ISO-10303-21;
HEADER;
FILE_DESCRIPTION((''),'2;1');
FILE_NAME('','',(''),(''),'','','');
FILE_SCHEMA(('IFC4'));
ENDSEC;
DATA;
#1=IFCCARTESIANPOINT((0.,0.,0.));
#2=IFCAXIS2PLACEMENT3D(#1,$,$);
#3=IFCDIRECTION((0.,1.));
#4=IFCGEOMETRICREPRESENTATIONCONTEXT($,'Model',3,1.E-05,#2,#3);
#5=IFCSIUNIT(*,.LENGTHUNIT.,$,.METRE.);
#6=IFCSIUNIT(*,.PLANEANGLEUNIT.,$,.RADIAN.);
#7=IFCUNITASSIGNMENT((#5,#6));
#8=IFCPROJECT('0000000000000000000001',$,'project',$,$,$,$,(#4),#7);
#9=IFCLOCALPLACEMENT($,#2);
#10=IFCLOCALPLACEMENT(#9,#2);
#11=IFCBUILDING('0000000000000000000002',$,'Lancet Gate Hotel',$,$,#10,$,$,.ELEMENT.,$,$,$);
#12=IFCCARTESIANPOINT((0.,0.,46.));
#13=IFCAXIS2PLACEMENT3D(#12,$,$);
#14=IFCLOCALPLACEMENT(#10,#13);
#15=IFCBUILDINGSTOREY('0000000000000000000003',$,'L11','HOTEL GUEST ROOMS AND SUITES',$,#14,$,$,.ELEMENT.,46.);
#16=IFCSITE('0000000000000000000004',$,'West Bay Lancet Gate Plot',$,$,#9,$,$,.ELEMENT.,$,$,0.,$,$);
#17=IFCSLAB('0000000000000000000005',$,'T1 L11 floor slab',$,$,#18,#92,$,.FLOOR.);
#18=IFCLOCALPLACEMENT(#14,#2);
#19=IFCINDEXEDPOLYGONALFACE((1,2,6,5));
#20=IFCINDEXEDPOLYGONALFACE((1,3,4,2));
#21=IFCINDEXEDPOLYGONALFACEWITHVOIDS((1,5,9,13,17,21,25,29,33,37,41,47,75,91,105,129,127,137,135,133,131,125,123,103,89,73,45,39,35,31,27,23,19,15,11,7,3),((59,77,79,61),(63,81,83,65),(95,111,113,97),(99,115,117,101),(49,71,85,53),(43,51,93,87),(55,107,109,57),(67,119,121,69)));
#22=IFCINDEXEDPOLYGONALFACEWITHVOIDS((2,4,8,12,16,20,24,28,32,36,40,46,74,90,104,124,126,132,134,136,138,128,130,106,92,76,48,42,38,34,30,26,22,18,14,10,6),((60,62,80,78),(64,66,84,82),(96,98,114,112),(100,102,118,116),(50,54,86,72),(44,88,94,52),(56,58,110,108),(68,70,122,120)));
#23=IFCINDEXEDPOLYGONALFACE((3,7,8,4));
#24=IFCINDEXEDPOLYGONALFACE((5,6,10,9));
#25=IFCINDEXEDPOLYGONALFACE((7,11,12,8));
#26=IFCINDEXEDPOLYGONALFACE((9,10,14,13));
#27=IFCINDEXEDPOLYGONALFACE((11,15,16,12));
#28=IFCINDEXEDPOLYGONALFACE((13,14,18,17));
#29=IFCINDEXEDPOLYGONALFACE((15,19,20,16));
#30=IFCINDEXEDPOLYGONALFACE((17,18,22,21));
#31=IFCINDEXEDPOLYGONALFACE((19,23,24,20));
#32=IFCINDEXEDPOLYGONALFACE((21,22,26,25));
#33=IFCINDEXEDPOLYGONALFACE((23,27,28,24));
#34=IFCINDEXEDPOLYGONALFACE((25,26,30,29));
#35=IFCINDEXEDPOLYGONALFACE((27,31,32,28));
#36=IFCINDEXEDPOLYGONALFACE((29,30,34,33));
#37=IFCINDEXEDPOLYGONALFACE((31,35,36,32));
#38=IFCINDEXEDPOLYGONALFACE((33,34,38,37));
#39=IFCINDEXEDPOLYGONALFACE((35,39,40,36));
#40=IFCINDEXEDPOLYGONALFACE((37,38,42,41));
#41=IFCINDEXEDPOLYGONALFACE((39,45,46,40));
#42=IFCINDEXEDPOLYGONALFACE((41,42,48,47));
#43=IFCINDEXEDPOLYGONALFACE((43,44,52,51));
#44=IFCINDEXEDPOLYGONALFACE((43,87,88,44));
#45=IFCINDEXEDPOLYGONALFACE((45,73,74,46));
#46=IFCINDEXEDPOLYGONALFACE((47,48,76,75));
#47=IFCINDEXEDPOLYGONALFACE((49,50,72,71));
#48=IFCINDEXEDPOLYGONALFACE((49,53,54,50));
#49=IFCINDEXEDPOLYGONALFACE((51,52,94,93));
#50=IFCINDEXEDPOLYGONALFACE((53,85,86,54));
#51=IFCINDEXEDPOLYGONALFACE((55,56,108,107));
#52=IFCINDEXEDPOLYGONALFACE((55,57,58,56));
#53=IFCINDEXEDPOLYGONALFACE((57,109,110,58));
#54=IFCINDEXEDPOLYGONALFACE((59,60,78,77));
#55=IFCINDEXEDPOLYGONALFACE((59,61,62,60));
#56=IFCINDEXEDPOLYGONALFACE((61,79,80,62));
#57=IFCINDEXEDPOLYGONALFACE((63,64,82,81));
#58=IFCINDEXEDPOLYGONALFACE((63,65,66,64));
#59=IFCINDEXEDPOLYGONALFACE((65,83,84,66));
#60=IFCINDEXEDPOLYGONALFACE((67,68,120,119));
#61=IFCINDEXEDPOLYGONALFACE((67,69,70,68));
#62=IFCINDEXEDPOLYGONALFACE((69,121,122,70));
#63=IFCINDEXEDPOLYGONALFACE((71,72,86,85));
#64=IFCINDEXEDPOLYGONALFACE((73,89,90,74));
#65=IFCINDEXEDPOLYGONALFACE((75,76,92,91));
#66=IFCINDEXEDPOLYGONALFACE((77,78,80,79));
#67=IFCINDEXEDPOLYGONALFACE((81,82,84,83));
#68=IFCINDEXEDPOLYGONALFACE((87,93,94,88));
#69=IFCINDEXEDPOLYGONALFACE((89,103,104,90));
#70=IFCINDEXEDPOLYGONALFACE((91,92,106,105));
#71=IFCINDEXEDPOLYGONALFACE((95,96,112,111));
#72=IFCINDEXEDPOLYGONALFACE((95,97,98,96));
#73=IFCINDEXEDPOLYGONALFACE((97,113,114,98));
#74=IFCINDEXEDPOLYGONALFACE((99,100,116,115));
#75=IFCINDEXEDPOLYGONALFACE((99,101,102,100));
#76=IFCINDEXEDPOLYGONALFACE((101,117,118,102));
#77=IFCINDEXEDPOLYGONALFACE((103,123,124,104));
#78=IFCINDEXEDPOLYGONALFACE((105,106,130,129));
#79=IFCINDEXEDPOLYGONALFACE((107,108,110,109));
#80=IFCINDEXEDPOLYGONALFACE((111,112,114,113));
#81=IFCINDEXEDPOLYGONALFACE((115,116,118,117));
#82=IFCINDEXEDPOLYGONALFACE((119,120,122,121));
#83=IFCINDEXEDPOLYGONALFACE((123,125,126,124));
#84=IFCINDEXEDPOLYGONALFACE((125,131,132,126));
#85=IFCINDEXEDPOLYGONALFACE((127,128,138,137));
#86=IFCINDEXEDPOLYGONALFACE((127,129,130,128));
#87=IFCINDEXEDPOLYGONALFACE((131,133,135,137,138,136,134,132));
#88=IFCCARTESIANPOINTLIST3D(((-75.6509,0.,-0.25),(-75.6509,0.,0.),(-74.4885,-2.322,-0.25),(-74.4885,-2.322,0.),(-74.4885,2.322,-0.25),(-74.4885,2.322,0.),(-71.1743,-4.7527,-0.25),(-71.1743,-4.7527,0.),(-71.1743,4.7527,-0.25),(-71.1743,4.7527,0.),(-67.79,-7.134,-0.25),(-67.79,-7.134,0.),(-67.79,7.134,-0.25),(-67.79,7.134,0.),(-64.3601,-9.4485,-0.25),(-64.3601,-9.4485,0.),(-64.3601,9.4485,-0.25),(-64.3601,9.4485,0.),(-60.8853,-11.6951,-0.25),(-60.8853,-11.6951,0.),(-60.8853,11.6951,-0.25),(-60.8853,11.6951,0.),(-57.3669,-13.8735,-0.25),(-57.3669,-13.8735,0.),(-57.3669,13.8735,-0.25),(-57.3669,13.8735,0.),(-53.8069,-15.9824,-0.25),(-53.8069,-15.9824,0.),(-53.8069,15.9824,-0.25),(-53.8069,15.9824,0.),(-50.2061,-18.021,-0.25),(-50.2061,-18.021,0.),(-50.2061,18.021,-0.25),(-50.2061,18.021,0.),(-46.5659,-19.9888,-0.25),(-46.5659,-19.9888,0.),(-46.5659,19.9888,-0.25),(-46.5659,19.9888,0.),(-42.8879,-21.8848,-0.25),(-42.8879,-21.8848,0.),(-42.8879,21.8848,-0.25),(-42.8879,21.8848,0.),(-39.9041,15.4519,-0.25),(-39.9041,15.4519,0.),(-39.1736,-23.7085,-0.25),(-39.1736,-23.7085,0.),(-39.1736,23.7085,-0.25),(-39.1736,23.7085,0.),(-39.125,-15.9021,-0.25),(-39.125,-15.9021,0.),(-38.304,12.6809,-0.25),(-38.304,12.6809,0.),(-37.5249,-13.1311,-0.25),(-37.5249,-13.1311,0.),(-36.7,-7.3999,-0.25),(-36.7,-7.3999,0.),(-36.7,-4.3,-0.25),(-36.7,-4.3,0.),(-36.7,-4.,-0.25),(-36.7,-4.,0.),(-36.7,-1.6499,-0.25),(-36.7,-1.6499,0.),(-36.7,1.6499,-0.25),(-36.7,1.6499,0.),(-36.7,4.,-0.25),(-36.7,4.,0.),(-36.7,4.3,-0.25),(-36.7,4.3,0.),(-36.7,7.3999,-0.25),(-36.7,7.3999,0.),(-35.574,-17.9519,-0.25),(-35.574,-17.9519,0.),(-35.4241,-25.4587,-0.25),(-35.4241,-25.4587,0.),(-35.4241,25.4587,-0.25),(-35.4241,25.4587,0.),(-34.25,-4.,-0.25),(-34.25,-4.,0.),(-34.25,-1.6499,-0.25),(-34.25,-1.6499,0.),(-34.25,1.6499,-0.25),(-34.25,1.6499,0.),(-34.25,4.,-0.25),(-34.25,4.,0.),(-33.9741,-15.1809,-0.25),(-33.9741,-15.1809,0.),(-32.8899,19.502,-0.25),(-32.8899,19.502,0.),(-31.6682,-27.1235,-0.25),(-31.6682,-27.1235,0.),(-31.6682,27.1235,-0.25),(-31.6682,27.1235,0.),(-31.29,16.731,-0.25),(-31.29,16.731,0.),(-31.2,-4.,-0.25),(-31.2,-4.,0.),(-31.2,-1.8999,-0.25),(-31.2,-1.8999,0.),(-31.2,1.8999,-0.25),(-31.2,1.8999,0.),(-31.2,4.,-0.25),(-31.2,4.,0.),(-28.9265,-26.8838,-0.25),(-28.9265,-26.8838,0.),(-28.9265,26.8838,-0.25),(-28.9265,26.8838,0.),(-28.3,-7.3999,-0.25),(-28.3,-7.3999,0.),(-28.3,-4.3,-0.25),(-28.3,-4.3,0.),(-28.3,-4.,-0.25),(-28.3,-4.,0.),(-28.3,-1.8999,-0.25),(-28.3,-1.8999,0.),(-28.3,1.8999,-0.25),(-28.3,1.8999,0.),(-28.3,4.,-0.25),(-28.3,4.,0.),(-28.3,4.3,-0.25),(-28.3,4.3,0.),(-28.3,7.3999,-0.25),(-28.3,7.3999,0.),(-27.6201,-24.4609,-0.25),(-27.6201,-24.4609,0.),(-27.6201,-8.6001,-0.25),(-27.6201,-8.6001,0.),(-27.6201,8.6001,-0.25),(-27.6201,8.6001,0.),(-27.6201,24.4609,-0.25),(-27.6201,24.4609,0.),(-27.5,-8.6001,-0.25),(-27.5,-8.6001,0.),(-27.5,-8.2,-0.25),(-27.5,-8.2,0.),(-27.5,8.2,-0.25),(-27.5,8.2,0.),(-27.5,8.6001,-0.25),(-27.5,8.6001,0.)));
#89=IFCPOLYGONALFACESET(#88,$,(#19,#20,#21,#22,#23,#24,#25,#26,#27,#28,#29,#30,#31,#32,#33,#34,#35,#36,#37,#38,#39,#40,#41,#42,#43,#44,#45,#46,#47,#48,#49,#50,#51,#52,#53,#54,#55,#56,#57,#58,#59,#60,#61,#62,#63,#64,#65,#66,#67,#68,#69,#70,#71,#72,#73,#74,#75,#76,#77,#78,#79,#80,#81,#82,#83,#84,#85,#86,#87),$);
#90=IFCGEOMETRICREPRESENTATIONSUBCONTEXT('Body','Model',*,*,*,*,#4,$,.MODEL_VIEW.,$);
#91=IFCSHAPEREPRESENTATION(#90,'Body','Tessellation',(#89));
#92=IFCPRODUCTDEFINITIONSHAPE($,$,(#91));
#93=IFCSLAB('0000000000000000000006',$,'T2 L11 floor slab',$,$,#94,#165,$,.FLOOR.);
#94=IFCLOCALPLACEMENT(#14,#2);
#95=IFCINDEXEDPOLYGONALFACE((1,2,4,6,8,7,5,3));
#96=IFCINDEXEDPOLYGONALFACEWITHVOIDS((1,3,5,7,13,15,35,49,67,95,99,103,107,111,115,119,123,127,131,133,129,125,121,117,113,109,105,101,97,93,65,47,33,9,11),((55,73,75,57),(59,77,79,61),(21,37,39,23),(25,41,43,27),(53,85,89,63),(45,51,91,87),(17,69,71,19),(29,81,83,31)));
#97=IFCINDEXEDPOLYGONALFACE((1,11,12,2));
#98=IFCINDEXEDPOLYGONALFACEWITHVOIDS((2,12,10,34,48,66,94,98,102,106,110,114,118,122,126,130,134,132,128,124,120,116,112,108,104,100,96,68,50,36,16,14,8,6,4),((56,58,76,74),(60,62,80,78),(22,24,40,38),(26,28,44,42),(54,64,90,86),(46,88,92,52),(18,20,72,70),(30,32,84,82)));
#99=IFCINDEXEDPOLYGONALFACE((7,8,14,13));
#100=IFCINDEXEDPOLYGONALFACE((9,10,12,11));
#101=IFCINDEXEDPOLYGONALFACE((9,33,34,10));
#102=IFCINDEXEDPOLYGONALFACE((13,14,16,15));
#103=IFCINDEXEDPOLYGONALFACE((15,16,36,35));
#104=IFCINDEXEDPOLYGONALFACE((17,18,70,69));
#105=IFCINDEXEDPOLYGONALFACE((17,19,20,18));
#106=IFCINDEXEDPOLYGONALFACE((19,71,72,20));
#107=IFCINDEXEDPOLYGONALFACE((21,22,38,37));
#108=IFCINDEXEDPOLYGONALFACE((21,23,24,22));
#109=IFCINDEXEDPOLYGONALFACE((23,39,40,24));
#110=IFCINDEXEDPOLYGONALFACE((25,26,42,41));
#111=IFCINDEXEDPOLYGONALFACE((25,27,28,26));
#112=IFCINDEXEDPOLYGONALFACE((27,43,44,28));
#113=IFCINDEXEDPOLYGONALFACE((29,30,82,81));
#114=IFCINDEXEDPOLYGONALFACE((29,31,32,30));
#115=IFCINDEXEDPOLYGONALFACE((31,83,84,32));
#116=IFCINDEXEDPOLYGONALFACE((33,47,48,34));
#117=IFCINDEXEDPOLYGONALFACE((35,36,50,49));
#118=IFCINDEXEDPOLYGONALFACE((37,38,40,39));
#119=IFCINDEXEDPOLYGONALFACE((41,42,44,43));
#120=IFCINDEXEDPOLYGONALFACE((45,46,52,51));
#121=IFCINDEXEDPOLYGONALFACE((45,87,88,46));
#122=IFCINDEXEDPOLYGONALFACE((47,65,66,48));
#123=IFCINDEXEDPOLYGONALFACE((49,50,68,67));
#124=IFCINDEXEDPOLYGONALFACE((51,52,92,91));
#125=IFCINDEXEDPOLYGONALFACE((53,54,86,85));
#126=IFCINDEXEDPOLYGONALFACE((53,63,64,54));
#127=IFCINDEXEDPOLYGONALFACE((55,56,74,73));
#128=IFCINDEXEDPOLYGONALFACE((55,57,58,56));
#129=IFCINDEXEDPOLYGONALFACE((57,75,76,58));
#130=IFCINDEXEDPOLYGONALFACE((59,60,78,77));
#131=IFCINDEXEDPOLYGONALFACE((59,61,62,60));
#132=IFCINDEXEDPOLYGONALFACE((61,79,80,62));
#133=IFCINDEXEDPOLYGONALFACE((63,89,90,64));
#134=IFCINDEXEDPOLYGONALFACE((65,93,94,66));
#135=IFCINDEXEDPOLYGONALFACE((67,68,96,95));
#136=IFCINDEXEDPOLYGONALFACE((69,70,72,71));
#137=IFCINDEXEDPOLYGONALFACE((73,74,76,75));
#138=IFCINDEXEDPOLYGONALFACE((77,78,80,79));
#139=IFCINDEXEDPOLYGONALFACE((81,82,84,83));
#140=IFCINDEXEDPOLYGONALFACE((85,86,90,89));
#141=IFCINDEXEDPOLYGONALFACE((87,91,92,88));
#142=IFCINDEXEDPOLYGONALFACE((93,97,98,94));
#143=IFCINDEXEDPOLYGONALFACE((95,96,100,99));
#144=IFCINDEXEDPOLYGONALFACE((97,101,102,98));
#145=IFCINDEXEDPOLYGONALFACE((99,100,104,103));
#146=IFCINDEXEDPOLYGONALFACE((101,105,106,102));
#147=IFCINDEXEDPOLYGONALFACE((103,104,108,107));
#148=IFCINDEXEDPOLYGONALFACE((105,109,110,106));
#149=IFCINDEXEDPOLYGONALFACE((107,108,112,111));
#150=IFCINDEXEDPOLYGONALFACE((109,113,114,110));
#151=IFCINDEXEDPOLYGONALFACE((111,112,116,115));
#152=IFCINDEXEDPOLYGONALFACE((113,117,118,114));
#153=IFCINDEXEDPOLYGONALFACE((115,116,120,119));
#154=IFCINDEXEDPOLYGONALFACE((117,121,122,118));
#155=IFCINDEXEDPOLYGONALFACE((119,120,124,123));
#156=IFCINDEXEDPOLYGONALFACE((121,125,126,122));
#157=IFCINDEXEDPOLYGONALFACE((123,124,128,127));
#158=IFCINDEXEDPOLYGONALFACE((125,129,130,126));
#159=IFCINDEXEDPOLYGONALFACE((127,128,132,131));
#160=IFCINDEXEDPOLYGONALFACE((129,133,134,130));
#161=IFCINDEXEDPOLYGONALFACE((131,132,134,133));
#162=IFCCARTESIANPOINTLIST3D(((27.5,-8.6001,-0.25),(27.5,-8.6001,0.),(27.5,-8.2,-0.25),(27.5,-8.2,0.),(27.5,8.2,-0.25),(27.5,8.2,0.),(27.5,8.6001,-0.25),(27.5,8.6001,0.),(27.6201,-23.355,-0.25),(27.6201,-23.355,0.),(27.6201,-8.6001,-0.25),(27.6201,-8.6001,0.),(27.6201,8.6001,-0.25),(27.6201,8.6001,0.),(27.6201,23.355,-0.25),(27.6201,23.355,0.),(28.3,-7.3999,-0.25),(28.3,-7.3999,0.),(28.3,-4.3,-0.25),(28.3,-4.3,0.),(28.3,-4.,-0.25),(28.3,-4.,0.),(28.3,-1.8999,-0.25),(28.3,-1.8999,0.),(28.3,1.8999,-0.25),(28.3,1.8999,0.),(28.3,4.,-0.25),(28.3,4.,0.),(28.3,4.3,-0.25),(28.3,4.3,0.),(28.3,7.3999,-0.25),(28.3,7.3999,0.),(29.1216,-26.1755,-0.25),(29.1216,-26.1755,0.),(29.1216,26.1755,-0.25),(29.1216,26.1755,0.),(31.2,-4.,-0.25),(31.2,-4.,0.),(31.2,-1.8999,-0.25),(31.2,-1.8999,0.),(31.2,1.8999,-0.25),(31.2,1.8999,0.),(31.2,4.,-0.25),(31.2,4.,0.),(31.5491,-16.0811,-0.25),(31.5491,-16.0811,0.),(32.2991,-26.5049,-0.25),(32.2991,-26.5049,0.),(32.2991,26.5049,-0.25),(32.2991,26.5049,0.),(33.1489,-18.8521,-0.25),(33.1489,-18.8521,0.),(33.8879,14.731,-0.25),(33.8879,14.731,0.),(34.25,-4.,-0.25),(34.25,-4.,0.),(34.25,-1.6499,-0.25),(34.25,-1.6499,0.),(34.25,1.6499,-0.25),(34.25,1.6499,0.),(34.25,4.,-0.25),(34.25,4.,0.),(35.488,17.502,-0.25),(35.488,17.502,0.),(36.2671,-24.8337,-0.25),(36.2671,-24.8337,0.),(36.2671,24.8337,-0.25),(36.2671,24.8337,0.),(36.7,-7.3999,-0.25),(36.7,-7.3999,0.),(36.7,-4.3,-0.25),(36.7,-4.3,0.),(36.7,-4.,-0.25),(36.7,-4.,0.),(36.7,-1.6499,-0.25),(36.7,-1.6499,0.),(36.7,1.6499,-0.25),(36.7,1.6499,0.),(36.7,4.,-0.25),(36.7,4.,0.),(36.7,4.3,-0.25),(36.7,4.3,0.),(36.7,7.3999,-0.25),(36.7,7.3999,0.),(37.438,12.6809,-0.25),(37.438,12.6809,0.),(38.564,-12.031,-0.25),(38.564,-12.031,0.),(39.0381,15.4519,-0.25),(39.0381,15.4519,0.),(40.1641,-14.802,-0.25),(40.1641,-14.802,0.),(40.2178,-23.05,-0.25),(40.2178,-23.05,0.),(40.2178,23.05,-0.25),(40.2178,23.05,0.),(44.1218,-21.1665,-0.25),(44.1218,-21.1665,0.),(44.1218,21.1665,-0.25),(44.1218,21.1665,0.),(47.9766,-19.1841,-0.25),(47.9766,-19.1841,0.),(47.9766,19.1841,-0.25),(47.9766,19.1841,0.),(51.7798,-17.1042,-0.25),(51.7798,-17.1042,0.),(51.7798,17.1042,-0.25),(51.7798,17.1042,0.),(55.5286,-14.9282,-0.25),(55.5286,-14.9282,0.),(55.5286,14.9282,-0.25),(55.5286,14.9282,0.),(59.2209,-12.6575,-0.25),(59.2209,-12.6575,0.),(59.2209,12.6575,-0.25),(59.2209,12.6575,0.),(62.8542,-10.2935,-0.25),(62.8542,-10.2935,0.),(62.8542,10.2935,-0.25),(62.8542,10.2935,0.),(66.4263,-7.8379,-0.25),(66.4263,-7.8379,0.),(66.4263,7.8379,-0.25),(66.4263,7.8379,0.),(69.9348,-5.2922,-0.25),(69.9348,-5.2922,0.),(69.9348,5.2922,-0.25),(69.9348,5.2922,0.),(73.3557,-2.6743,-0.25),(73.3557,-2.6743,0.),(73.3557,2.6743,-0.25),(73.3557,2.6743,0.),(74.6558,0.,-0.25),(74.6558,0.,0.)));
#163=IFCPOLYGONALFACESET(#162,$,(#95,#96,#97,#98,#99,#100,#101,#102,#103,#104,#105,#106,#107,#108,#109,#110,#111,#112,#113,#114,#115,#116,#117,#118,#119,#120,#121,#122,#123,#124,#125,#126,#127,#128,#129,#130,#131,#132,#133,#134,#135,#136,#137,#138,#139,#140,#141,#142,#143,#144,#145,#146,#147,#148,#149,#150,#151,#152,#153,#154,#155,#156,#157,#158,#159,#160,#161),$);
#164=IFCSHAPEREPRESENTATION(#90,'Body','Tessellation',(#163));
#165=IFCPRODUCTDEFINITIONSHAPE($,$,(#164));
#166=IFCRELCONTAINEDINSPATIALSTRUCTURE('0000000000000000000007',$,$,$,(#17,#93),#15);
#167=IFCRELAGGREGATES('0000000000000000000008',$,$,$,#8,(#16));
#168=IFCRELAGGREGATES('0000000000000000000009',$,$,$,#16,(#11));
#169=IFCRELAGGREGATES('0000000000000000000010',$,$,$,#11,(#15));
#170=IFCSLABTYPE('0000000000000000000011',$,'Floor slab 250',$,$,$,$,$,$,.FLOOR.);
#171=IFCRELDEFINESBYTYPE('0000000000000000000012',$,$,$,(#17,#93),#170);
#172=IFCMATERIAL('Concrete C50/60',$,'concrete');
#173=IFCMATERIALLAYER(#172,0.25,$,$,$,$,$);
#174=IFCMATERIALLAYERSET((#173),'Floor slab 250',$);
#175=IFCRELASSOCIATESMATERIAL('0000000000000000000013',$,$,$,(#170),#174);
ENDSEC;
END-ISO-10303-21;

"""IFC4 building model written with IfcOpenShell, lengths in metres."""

from ifc_helpers import new_model, si_unit, direction, frame, origin, place, context, subcontext, project, spatial, polyline, outline, extrude, material, layer, layer_set, type_object, element, save


model = new_model("IFC4")

# Units and contexts
model_context = context("Model", 3, precision=1e-05, world=origin(), true_north=direction((0.0, 1.0)))
body_context = subcontext(model_context, "Body", "Model", "MODEL_VIEW")
ifc_project = project(units=[si_unit("LENGTHUNIT", "METRE"), si_unit("PLANEANGLEUNIT", "RADIAN")], contexts=[model_context])

# Site, building, storey
site_placement = place(None, origin())
site = spatial("IfcSite", under=ifc_project, at=site_placement, Name="West Bay Lancet Gate Plot", CompositionType="ELEMENT", RefElevation=0.0)
building_placement = place(site_placement, origin())
building = spatial("IfcBuilding", under=site, at=building_placement, Name="Lancet Gate Hotel", CompositionType="ELEMENT")
storey_placement = place(building_placement, frame((0.0, 0.0, 46.0)))
storey = spatial("IfcBuildingStorey", under=building, at=storey_placement, Name="L11", Description="HOTEL GUEST ROOMS AND SUITES", CompositionType="ELEMENT", Elevation=46.0)

# Slabs
ifc_material_1 = material(Name="Concrete C50/60", Category="concrete")
ifc_layer_1 = layer(ifc_material_1, 0.25)
ifc_layer_set_1 = layer_set([ifc_layer_1], Name="Floor slab 250")
slab_type_1 = type_object("IfcSlabType", Name="Floor slab 250", PredefinedType="FLOOR", material=ifc_layer_set_1)
slab_1_placement = place(storey_placement, frame((0.0, 0.0, -0.25)))
element("IfcSlab", 1, at=slab_1_placement, inside=storey, type_object=slab_type_1, Name="T1 L11 floor slab", PredefinedType="FLOOR", context=body_context, shape_type="SweptSolid", body=[
    extrude(outline(polyline([(-27.5, 8.6001), (-27.6201, 8.6001), (-27.6201, 24.4609), (-28.9265, 26.8838), (-31.6682, 27.1235), (-35.4241, 25.4587), (-39.1736, 23.7085), (-42.8879, 21.8848), (-46.5659, 19.9888), (-50.2061, 18.021), (-53.8069, 15.9824), (-57.3669, 13.8735), (-60.8853, 11.6951), (-64.3601, 9.4485), (-67.79, 7.134), (-71.1743, 4.7527), (-74.4885, 2.322), (-75.6509, 0.0), (-74.4885, -2.322), (-71.1743, -4.7527), (-67.79, -7.134), (-64.3601, -9.4485), (-60.8853, -11.6951), (-57.3669, -13.8735), (-53.8069, -15.9824), (-50.2061, -18.021), (-46.5659, -19.9888), (-42.8879, -21.8848), (-39.1736, -23.7085), (-35.4241, -25.4587), (-31.6682, -27.1235), (-28.9265, -26.8838), (-27.6201, -24.4609), (-27.6201, -8.6001), (-27.5, -8.6001), (-27.5, -8.2), (-27.5, 8.2), (-27.5, 8.6001)]), holes=[polyline([(-36.7, 7.3999), (-36.7, 4.3), (-28.3, 4.3), (-28.3, 7.3999), (-36.7, 7.3999)]), polyline([(-28.3, 4.0), (-31.2, 4.0), (-31.2, 1.8999), (-28.3, 1.8999), (-28.3, 4.0)]), polyline([(-34.25, 4.0), (-36.7, 4.0), (-36.7, 1.6499), (-34.25, 1.6499), (-34.25, 4.0)]), polyline([(-36.7, -1.6499), (-36.7, -4.0), (-34.25, -4.0), (-34.25, -1.6499), (-36.7, -1.6499)]), polyline([(-28.3, -1.8999), (-31.2, -1.8999), (-31.2, -4.0), (-28.3, -4.0), (-28.3, -1.8999)]), polyline([(-28.3, -4.3), (-36.7, -4.3), (-36.7, -7.3999), (-28.3, -7.3999), (-28.3, -4.3)]), polyline([(-31.29, 16.731), (-32.8899, 19.502), (-39.9041, 15.4519), (-38.304, 12.6809), (-31.29, 16.731)]), polyline([(-33.9741, -15.1809), (-37.5249, -13.1311), (-39.125, -15.9021), (-35.574, -17.9519), (-33.9741, -15.1809)])]), origin(), (0.0, 0.0, 1.0), 0.25),
])
slab_2_placement = place(storey_placement, frame((0.0, 0.0, -0.25)))
element("IfcSlab", 2, at=slab_2_placement, inside=storey, type_object=slab_type_1, Name="T2 L11 floor slab", PredefinedType="FLOOR", context=body_context, shape_type="SweptSolid", body=[
    extrude(outline(polyline([(27.5, -8.6001), (27.6201, -8.6001), (27.6201, -23.355), (29.1216, -26.1755), (32.2991, -26.5049), (36.2671, -24.8337), (40.2178, -23.05), (44.1218, -21.1665), (47.9766, -19.1841), (51.7798, -17.1042), (55.5286, -14.9282), (59.2209, -12.6575), (62.8542, -10.2935), (66.4263, -7.8379), (69.9348, -5.2922), (73.3557, -2.6743), (74.6558, 0.0), (73.3557, 2.6743), (69.9348, 5.2922), (66.4263, 7.8379), (62.8542, 10.2935), (59.2209, 12.6575), (55.5286, 14.9282), (51.7798, 17.1042), (47.9766, 19.1841), (44.1218, 21.1665), (40.2178, 23.05), (36.2671, 24.8337), (32.2991, 26.5049), (29.1216, 26.1755), (27.6201, 23.355), (27.6201, 8.6001), (27.5, 8.6001), (27.5, 8.2), (27.5, -8.2), (27.5, -8.6001)]), holes=[polyline([(36.7, -7.3999), (36.7, -4.3), (28.3, -4.3), (28.3, -7.3999), (36.7, -7.3999)]), polyline([(28.3, -4.0), (31.2, -4.0), (31.2, -1.8999), (28.3, -1.8999), (28.3, -4.0)]), polyline([(34.25, -4.0), (36.7, -4.0), (36.7, -1.6499), (34.25, -1.6499), (34.25, -4.0)]), polyline([(36.7, 1.6499), (36.7, 4.0), (34.25, 4.0), (34.25, 1.6499), (36.7, 1.6499)]), polyline([(28.3, 1.8999), (31.2, 1.8999), (31.2, 4.0), (28.3, 4.0), (28.3, 1.8999)]), polyline([(28.3, 4.3), (36.7, 4.3), (36.7, 7.3999), (28.3, 7.3999), (28.3, 4.3)]), polyline([(31.5491, -16.0811), (33.1489, -18.8521), (40.1641, -14.802), (38.564, -12.031), (31.5491, -16.0811)]), polyline([(33.8879, 14.731), (37.438, 12.6809), (39.0381, 15.4519), (35.488, 17.502), (33.8879, 14.731)])]), origin(), (0.0, 0.0, 1.0), 0.25),
])

save(model, "model.ifc")
